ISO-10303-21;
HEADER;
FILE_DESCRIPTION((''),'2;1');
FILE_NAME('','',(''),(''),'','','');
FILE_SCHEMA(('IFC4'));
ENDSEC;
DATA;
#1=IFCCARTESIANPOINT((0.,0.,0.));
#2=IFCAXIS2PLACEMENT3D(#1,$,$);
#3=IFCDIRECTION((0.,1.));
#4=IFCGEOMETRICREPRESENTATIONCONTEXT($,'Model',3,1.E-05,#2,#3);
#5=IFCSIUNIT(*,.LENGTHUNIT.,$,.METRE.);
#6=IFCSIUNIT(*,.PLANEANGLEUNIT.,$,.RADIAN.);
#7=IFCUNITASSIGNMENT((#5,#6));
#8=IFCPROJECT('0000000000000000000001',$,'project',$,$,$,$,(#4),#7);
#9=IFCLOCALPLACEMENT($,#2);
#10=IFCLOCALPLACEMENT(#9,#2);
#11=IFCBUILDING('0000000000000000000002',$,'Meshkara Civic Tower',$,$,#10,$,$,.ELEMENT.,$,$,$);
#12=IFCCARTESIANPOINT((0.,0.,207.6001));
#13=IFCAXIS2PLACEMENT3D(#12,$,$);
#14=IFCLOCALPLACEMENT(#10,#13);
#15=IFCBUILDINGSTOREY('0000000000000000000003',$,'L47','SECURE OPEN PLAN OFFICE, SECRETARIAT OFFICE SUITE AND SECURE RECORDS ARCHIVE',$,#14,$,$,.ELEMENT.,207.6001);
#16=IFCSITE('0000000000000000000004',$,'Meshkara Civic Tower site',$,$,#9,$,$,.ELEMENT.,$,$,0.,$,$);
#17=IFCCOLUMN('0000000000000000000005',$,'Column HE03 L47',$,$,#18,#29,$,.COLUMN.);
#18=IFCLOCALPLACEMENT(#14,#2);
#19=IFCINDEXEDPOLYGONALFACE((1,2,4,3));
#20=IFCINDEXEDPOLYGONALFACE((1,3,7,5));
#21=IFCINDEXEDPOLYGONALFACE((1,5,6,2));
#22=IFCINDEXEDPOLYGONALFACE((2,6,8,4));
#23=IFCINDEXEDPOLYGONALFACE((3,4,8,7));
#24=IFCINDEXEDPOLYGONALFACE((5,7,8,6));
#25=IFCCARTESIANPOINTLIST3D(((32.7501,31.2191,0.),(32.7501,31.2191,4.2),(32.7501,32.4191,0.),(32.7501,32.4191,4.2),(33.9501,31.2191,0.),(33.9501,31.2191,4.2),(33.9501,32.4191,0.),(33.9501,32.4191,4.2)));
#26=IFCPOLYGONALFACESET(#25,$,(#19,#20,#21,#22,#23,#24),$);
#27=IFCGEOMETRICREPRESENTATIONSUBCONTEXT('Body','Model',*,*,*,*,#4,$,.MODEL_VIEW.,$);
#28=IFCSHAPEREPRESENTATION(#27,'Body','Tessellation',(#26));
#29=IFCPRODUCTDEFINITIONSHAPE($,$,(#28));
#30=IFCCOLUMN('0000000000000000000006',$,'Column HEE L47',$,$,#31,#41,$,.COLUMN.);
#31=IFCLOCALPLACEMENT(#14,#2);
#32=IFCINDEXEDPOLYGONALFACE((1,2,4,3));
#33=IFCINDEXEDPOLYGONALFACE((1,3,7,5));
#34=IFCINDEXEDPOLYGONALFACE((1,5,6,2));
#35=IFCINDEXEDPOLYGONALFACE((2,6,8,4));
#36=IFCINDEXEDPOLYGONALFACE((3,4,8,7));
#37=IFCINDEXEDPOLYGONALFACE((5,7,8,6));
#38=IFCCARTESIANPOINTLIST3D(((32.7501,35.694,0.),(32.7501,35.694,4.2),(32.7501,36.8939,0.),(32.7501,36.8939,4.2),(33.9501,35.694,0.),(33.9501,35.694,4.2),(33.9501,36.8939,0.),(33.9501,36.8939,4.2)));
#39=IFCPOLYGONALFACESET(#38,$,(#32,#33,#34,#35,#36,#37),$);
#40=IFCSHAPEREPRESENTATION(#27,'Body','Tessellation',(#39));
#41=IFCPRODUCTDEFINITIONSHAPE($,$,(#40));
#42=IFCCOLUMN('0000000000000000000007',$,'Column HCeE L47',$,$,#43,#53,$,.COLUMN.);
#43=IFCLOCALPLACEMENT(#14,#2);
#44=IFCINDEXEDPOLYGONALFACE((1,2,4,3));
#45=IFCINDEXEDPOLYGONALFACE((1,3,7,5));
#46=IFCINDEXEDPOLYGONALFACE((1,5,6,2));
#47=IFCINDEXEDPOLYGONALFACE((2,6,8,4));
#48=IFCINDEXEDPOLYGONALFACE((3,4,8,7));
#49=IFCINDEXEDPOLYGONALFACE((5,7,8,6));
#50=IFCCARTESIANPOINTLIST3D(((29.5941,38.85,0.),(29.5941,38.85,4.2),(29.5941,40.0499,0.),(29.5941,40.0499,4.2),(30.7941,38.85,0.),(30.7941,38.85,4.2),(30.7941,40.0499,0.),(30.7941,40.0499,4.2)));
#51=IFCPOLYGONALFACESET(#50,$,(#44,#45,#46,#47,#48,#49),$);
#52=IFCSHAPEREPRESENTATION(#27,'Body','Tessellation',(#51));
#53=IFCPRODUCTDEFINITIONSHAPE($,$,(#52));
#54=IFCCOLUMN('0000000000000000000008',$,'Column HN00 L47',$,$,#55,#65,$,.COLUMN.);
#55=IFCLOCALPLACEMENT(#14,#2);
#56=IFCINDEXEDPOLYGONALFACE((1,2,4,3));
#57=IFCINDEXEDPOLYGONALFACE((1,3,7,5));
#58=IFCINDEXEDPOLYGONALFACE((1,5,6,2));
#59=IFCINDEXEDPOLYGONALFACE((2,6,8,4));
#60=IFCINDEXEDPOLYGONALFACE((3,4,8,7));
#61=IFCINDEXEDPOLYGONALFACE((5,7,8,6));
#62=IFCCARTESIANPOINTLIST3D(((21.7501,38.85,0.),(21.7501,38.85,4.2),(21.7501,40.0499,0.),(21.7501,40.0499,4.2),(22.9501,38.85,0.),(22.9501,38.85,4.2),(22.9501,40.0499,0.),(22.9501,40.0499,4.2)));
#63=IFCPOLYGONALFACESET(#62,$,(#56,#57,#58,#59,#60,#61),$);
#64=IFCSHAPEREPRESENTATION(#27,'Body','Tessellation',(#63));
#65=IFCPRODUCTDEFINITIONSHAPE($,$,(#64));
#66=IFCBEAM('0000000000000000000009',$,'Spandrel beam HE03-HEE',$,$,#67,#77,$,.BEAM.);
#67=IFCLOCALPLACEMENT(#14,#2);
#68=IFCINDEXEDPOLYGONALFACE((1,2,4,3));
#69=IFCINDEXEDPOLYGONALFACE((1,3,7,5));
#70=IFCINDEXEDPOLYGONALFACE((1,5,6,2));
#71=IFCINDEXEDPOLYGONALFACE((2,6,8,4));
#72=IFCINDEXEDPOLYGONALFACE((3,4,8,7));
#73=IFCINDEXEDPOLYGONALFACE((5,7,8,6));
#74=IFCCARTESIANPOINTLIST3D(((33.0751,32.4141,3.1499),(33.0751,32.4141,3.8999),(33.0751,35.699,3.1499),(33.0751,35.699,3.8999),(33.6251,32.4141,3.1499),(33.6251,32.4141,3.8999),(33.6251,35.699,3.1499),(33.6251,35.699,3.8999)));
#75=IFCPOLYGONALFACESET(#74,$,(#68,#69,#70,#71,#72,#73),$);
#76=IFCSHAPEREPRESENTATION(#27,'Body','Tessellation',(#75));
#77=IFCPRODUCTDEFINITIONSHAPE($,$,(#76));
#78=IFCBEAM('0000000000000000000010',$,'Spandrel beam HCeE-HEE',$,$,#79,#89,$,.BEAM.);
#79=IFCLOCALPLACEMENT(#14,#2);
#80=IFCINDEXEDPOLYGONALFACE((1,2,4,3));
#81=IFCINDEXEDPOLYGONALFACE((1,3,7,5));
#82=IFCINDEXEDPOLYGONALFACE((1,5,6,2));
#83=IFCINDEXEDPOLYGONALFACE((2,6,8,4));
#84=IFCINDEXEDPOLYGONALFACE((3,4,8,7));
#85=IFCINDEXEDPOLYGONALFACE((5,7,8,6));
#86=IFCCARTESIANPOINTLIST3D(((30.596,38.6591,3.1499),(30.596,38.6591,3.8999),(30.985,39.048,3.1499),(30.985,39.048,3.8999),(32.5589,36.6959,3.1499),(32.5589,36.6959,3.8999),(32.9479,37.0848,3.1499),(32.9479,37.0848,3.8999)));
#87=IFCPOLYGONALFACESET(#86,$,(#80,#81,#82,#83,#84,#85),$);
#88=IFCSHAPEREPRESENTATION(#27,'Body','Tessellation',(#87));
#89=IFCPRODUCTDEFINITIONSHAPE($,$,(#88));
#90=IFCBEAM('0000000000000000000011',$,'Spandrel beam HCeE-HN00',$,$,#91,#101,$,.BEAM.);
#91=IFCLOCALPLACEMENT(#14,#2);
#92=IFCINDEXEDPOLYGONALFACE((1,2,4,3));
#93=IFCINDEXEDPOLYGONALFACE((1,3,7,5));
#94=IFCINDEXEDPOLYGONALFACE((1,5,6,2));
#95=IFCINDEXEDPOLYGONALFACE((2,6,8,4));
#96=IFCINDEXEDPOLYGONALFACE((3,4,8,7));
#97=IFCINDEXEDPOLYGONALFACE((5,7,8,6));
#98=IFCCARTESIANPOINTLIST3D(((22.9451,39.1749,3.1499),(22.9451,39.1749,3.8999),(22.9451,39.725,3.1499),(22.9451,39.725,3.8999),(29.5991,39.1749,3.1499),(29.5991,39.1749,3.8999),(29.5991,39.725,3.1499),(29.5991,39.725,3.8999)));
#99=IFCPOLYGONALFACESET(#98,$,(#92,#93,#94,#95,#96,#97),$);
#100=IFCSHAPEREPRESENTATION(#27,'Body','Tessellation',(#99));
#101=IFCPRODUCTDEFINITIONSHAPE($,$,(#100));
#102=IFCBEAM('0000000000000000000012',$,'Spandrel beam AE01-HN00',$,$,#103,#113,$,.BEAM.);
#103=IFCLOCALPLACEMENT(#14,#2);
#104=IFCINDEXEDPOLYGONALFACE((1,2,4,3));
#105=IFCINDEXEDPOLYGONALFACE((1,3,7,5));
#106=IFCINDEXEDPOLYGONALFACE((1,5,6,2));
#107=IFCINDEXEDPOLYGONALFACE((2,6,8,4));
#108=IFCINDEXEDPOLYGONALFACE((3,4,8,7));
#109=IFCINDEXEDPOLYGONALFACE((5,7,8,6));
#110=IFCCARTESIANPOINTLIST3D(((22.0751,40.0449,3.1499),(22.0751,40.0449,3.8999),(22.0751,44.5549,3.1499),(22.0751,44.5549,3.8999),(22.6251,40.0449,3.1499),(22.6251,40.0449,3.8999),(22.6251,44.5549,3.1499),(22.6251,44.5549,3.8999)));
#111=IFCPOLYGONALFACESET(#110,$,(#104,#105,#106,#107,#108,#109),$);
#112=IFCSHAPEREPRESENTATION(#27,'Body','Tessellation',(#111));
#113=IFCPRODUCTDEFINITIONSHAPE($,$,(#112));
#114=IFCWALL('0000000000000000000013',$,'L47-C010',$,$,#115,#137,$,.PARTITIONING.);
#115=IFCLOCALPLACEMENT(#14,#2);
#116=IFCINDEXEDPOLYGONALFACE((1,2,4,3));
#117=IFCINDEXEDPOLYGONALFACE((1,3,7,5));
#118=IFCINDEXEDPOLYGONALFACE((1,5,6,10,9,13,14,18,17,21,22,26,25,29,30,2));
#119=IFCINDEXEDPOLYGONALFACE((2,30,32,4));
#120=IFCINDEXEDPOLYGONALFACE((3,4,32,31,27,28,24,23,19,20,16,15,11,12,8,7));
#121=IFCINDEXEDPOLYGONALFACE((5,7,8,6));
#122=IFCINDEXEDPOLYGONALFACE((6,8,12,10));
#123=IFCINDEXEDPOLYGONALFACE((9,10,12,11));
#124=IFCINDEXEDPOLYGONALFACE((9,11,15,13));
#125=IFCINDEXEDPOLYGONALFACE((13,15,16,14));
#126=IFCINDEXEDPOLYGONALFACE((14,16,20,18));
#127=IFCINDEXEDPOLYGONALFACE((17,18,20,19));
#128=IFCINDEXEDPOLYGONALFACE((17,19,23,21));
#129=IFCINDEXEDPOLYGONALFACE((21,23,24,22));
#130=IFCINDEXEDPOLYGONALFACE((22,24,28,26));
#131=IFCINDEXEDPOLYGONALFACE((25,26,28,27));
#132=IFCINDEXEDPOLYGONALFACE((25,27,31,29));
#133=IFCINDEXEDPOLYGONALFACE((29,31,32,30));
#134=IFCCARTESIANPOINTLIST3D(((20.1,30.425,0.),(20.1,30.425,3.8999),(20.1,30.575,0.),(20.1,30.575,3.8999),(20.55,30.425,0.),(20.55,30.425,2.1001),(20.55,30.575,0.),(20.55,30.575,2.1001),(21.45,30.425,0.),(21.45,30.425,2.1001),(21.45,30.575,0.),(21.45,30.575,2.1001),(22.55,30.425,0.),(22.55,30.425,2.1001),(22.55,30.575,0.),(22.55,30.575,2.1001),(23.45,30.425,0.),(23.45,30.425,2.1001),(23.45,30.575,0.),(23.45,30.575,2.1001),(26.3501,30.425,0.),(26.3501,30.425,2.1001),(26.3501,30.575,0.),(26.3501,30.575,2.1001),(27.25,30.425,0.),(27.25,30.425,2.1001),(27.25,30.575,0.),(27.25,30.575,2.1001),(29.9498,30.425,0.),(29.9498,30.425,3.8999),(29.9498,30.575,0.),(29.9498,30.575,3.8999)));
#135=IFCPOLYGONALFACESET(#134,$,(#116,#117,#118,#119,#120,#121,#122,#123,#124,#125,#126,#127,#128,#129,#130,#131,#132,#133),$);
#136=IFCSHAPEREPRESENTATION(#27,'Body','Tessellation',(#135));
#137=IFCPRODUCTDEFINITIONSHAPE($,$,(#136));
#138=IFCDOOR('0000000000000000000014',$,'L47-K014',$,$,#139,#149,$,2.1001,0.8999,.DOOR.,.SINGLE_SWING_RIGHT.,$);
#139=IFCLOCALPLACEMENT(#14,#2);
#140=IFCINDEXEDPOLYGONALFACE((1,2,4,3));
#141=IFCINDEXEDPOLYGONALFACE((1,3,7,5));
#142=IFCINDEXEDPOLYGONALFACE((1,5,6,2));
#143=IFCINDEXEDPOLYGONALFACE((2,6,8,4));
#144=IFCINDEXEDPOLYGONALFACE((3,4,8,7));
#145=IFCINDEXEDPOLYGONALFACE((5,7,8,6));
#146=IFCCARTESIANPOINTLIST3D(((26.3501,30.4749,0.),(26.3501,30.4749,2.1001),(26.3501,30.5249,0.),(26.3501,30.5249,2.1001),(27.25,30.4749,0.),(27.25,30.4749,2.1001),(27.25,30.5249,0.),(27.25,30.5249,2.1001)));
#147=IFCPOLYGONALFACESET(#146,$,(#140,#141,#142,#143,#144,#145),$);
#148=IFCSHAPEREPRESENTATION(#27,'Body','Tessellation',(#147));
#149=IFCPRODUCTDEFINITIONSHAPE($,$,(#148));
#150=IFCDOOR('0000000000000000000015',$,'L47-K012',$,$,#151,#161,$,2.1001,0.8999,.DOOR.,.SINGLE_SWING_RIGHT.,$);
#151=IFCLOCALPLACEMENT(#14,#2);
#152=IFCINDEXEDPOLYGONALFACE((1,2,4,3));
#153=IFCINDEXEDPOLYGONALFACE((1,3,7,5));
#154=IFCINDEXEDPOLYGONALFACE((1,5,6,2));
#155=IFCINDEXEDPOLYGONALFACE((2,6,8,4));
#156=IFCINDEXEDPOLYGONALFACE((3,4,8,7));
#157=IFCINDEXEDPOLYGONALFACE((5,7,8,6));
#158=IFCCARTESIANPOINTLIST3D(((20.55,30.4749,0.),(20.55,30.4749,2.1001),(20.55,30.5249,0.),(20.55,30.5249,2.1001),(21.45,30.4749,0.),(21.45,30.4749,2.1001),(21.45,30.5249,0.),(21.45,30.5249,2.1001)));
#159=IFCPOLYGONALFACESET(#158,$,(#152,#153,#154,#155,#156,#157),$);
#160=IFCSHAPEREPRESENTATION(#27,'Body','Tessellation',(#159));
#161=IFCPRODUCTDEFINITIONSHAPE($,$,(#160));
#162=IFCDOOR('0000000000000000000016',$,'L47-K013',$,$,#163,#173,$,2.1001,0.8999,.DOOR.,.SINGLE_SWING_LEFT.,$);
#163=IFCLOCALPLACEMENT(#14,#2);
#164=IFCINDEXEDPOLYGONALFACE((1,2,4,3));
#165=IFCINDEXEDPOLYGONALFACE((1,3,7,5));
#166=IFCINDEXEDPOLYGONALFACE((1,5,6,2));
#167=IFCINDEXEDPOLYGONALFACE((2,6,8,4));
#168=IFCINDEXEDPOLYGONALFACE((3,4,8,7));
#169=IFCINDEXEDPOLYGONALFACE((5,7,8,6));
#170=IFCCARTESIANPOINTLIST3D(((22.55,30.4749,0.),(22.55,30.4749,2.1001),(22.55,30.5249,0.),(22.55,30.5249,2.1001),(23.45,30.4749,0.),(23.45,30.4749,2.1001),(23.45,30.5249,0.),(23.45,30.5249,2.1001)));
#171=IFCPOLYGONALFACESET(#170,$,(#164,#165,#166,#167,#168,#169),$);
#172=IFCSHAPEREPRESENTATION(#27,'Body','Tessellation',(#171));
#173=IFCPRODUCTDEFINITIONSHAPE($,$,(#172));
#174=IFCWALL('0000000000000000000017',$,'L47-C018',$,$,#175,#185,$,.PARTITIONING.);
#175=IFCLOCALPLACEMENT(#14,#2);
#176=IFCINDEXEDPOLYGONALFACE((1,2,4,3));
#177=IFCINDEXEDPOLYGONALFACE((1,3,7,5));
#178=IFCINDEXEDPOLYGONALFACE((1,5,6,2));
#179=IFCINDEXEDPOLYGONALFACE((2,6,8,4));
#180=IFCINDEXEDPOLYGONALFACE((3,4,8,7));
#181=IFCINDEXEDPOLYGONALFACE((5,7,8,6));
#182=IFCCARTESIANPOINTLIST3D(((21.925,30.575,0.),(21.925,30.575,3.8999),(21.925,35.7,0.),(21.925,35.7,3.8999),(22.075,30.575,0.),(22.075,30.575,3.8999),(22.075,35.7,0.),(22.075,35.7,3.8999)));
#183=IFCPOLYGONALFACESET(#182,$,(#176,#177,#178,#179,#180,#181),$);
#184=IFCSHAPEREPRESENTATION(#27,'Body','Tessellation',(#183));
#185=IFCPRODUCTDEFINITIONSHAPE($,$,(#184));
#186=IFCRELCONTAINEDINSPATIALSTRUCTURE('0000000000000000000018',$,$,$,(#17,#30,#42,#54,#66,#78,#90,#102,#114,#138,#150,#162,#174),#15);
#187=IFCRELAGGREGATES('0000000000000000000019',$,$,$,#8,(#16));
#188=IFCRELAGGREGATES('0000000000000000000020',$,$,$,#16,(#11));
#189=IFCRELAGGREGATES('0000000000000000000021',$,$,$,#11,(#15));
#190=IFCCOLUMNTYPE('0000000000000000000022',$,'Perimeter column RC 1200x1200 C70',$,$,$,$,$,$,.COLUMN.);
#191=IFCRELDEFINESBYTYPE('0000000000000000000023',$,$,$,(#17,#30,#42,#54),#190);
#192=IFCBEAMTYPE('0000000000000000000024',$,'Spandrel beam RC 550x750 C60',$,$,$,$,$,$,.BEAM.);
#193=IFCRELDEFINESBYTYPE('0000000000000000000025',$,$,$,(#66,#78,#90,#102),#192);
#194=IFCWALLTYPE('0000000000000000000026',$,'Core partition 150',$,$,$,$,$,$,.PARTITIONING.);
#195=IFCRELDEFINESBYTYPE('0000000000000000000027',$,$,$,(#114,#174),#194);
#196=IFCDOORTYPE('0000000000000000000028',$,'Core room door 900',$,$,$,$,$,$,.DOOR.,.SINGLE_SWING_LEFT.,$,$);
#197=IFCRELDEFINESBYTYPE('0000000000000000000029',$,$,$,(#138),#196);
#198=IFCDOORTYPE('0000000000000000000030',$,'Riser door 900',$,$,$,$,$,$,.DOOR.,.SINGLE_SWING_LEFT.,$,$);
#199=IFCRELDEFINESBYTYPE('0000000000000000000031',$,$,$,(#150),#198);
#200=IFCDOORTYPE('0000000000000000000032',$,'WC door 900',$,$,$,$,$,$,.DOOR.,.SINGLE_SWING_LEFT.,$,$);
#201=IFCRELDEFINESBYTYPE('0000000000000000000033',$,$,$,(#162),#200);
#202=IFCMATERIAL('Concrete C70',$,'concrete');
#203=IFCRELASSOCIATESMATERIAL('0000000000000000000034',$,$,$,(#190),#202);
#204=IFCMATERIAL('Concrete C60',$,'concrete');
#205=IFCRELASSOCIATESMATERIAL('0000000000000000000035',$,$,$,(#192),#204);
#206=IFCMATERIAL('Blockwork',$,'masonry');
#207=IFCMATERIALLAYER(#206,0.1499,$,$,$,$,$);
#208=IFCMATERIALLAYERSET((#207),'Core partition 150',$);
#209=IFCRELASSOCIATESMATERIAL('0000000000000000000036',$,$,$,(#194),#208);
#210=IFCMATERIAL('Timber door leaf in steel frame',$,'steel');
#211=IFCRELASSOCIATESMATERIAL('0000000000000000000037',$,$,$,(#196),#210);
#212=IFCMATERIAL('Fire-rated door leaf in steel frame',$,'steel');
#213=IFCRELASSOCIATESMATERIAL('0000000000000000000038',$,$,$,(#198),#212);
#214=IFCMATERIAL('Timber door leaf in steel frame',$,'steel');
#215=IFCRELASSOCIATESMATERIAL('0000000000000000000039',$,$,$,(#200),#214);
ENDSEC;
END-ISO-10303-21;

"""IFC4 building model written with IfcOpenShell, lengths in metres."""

from ifc_helpers import new_model, si_unit, direction, frame, frame_2d, origin, origin_2d, place, context, subcontext, project, spatial, rectangle, extrude, material, layer, layer_set, material_profile, profile_set, type_object, element, fill, save


model = new_model("IFC4")

# Units and contexts
model_context = context("Model", 3, precision=1e-05, world=origin(), true_north=direction((0.0, 1.0)))
body_context = subcontext(model_context, "Body", "Model", "MODEL_VIEW")
ifc_project = project(units=[si_unit("LENGTHUNIT", "METRE"), si_unit("PLANEANGLEUNIT", "RADIAN")], contexts=[model_context])

# Site, building, storey
site_placement = place(None, origin())
site = spatial("IfcSite", under=ifc_project, at=site_placement, Name="Meshkara Civic Tower site", CompositionType="ELEMENT", RefElevation=0.0)
building_placement = place(site_placement, origin())
building = spatial("IfcBuilding", under=site, at=building_placement, Name="Meshkara Civic Tower", CompositionType="ELEMENT")
storey_placement = place(building_placement, frame((0.0, 0.0, 207.6001)))
storey = spatial("IfcBuildingStorey", under=building, at=storey_placement, Name="L47", Description="SECURE OPEN PLAN OFFICE, SECRETARIAT OFFICE SUITE AND SECURE RECORDS ARCHIVE", CompositionType="ELEMENT", Elevation=207.6001)

# Columns
ifc_material_1 = material(Name="Concrete C70", Category="concrete")
ifc_material_profile_1 = material_profile(ifc_material_1, rectangle(XDim=1.2, YDim=1.2, at=origin_2d()))
ifc_profile_set_1 = profile_set([ifc_material_profile_1], Name="Concrete C70")
column_type = type_object("IfcColumnType", Name="Perimeter column RC 1200x1200 C70", PredefinedType="COLUMN", material=ifc_profile_set_1)
for number, where, z_axis, x_axis, name in (
    (1, (33.3501, 31.8191, 0.0), (0.0, 0.0, 1.0), (1.0, 0.0, 0.0), "Column HE03 L47"),
    (2, (33.3501, 36.2939, 0.0), (0.0, 0.0, 1.0), (1.0, 0.0, 0.0), "Column HEE L47"),
    (3, (30.1941, 39.45, 0.0), (0.0, 0.0, 1.0), (1.0, 0.0, 0.0), "Column HCeE L47"),
    (4, (22.3501, 39.45, 0.0), (0.0, 0.0, 1.0), (1.0, 0.0, 0.0), "Column HN00 L47"),
):
    element("IfcColumn", number, at=place(storey_placement, frame(where, z_axis=z_axis, x_axis=x_axis)), inside=storey, type_object=column_type, Name=name, PredefinedType="COLUMN", context=body_context, shape_type="SweptSolid", body=[
        extrude(rectangle(XDim=1.2, YDim=1.2, at=origin_2d()), origin(), (0.0, 0.0, 1.0), 4.2),
    ])

# Beams
ifc_material_2 = material(Name="Concrete C60", Category="concrete")
ifc_material_profile_2 = material_profile(ifc_material_2, rectangle(XDim=0.55, YDim=0.75, at=origin_2d()))
ifc_profile_set_2 = profile_set([ifc_material_profile_2], Name="Concrete C60")
beam_type = type_object("IfcBeamType", Name="Spandrel beam RC 550x750 C60", PredefinedType="BEAM", material=ifc_profile_set_2)
beam_1_placement = place(storey_placement, frame((33.3501, 32.4141, 3.5249), z_axis=(0.0, 1.0, 0.0), x_axis=(-1.0, 0.0, 0.0)))
element("IfcBeam", 5, at=beam_1_placement, inside=storey, type_object=beam_type, Name="Spandrel beam HE03-HEE", PredefinedType="BEAM", context=body_context, shape_type="SweptSolid", body=[
    extrude(rectangle(XDim=0.55, YDim=0.75, at=origin_2d()), origin(), (0.0, 0.0, 1.0), 3.2849),
])
beam_2_placement = place(storey_placement, frame((32.7534, 36.8904, 3.5249), z_axis=(-0.707063, 0.707151, 0.0), x_axis=(-0.707151, -0.707063, 0.0)))
element("IfcBeam", 6, at=beam_2_placement, inside=storey, type_object=beam_type, Name="Spandrel beam HCeE-HEE", PredefinedType="BEAM", context=body_context, shape_type="SweptSolid", body=[
    extrude(rectangle(XDim=0.55, YDim=0.75, at=origin_2d()), origin(), (0.0, 0.0, 1.0), 2.7761),
])
beam_3_placement = place(storey_placement, frame((29.5991, 39.45, 3.5249), z_axis=(-1.0, 0.0, 0.0), x_axis=(0.0, -1.0, 0.0)))
element("IfcBeam", 7, at=beam_3_placement, inside=storey, type_object=beam_type, Name="Spandrel beam HCeE-HN00", PredefinedType="BEAM", context=body_context, shape_type="SweptSolid", body=[
    extrude(rectangle(XDim=0.55, YDim=0.75, at=origin_2d()), origin(), (0.0, 0.0, 1.0), 6.6541),
])
beam_4_placement = place(storey_placement, frame((22.3501, 40.0449, 3.5249), z_axis=(0.0, 1.0, 0.0), x_axis=(-1.0, 0.0, 0.0)))
element("IfcBeam", 8, at=beam_4_placement, inside=storey, type_object=beam_type, Name="Spandrel beam AE01-HN00", PredefinedType="BEAM", context=body_context, shape_type="SweptSolid", body=[
    extrude(rectangle(XDim=0.55, YDim=0.75, at=origin_2d()), origin(), (0.0, 0.0, 1.0), 4.51),
])

# Wall, openings, doors
ifc_material_3 = material(Name="Blockwork", Category="masonry")
ifc_layer_1 = layer(ifc_material_3, 0.1499)
ifc_layer_set_1 = layer_set([ifc_layer_1], Name="Core partition 150")
wall_type_1 = type_object("IfcWallType", Name="Core partition 150", PredefinedType="PARTITIONING", material=ifc_layer_set_1)
wall_1_placement = place(storey_placement, frame((20.1001, 30.5, 0.0), z_axis=(0.0, 0.0, 1.0), x_axis=(1.0, 0.0, 0.0)))
wall_1 = element("IfcWall", 9, at=wall_1_placement, inside=storey, type_object=wall_type_1, Name="L47-C010", PredefinedType="PARTITIONING", context=body_context, shape_type="SweptSolid", body=[
    extrude(rectangle(XDim=9.8499, YDim=0.1499, at=frame_2d((4.9248, 0.0))), origin(), (0.0, 0.0, 1.0), 3.8999),
])
opening_1_placement = place(wall_1_placement, frame((0.45, 0.0, 0.0)))
opening_1 = element("IfcOpeningElement", 10, at=opening_1_placement, cuts=wall_1, PredefinedType="OPENING", context=body_context, shape_type="SweptSolid", body=[
    extrude(rectangle(XDim=0.8999, YDim=2.1001, at=frame_2d((0.45, 1.05))), frame((0.0, 0.085, 0.0), z_axis=(0.0, -1.0, 0.0), x_axis=(1.0, 0.0, 0.0)), (0.0, 0.0, 1.0), 0.1699),
])
opening_2_placement = place(wall_1_placement, frame((2.45, 0.0, 0.0)))
opening_2 = element("IfcOpeningElement", 11, at=opening_2_placement, cuts=wall_1, PredefinedType="OPENING", context=body_context, shape_type="SweptSolid", body=[
    extrude(rectangle(XDim=0.8999, YDim=2.1001, at=frame_2d((0.45, 1.05))), frame((0.0, 0.085, 0.0), z_axis=(0.0, -1.0, 0.0), x_axis=(1.0, 0.0, 0.0)), (0.0, 0.0, 1.0), 0.1699),
])
opening_3_placement = place(wall_1_placement, frame((6.25, 0.0, 0.0)))
opening_3 = element("IfcOpeningElement", 12, at=opening_3_placement, cuts=wall_1, PredefinedType="OPENING", context=body_context, shape_type="SweptSolid", body=[
    extrude(rectangle(XDim=0.8999, YDim=2.1001, at=frame_2d((0.45, 1.05))), frame((0.0, 0.085, 0.0), z_axis=(0.0, -1.0, 0.0), x_axis=(1.0, 0.0, 0.0)), (0.0, 0.0, 1.0), 0.1699),
])
ifc_material_4 = material(Name="Timber door leaf in steel frame", Category="steel")
door_type_1 = type_object("IfcDoorType", Name="Core room door 900", OperationType="SINGLE_SWING_LEFT", PredefinedType="DOOR", material=ifc_material_4)
door_1_placement = place(opening_3_placement, origin())
door_1 = element("IfcDoor", 13, at=door_1_placement, inside=storey, type_object=door_type_1, Name="L47-K014", OperationType="SINGLE_SWING_RIGHT", OverallHeight=2.1001, OverallWidth=0.8999, PredefinedType="DOOR", context=body_context, shape_type="SweptSolid", body=[
    extrude(rectangle(XDim=0.8999, YDim=2.1001, at=frame_2d((0.45, 1.05))), frame((0.0, 0.0249, 0.0), z_axis=(0.0, -1.0, 0.0), x_axis=(1.0, 0.0, 0.0)), (0.0, 0.0, 1.0), 0.05),
])
fill(opening_3, door_1)
ifc_material_5 = material(Name="Fire-rated door leaf in steel frame", Category="steel")
door_type_2 = type_object("IfcDoorType", Name="Riser door 900", OperationType="SINGLE_SWING_LEFT", PredefinedType="DOOR", material=ifc_material_5)
door_2_placement = place(opening_1_placement, origin())
door_2 = element("IfcDoor", 14, at=door_2_placement, inside=storey, type_object=door_type_2, Name="L47-K012", OperationType="SINGLE_SWING_RIGHT", OverallHeight=2.1001, OverallWidth=0.8999, PredefinedType="DOOR", context=body_context, shape_type="SweptSolid", body=[
    extrude(rectangle(XDim=0.8999, YDim=2.1001, at=frame_2d((0.45, 1.05))), frame((0.0, 0.0249, 0.0), z_axis=(0.0, -1.0, 0.0), x_axis=(1.0, 0.0, 0.0)), (0.0, 0.0, 1.0), 0.05),
])
fill(opening_1, door_2)
ifc_material_6 = material(Name="Timber door leaf in steel frame", Category="steel")
door_type_3 = type_object("IfcDoorType", Name="WC door 900", OperationType="SINGLE_SWING_LEFT", PredefinedType="DOOR", material=ifc_material_6)
door_3_placement = place(opening_2_placement, origin())
door_3 = element("IfcDoor", 15, at=door_3_placement, inside=storey, type_object=door_type_3, Name="L47-K013", OperationType="SINGLE_SWING_LEFT", OverallHeight=2.1001, OverallWidth=0.8999, PredefinedType="DOOR", context=body_context, shape_type="SweptSolid", body=[
    extrude(rectangle(XDim=0.8999, YDim=2.1001, at=frame_2d((0.45, 1.05))), frame((0.0, 0.0249, 0.0), z_axis=(0.0, -1.0, 0.0), x_axis=(1.0, 0.0, 0.0)), (0.0, 0.0, 1.0), 0.05),
])
fill(opening_2, door_3)

# Wall
for number, where, z_axis, x_axis, name in (
    (16, (22.0, 30.575, 0.0), (0.0, 0.0, 1.0), (0.0, 1.0, 0.0), "L47-C018"),
):
    element("IfcWall", number, at=place(storey_placement, frame(where, z_axis=z_axis, x_axis=x_axis)), inside=storey, type_object=wall_type_1, Name=name, PredefinedType="PARTITIONING", context=body_context, shape_type="SweptSolid", body=[
        extrude(rectangle(XDim=5.125, YDim=0.1499, at=frame_2d((2.5625, 0.0))), origin(), (0.0, 0.0, 1.0), 3.8999),
    ])

save(model, "model.ifc")
